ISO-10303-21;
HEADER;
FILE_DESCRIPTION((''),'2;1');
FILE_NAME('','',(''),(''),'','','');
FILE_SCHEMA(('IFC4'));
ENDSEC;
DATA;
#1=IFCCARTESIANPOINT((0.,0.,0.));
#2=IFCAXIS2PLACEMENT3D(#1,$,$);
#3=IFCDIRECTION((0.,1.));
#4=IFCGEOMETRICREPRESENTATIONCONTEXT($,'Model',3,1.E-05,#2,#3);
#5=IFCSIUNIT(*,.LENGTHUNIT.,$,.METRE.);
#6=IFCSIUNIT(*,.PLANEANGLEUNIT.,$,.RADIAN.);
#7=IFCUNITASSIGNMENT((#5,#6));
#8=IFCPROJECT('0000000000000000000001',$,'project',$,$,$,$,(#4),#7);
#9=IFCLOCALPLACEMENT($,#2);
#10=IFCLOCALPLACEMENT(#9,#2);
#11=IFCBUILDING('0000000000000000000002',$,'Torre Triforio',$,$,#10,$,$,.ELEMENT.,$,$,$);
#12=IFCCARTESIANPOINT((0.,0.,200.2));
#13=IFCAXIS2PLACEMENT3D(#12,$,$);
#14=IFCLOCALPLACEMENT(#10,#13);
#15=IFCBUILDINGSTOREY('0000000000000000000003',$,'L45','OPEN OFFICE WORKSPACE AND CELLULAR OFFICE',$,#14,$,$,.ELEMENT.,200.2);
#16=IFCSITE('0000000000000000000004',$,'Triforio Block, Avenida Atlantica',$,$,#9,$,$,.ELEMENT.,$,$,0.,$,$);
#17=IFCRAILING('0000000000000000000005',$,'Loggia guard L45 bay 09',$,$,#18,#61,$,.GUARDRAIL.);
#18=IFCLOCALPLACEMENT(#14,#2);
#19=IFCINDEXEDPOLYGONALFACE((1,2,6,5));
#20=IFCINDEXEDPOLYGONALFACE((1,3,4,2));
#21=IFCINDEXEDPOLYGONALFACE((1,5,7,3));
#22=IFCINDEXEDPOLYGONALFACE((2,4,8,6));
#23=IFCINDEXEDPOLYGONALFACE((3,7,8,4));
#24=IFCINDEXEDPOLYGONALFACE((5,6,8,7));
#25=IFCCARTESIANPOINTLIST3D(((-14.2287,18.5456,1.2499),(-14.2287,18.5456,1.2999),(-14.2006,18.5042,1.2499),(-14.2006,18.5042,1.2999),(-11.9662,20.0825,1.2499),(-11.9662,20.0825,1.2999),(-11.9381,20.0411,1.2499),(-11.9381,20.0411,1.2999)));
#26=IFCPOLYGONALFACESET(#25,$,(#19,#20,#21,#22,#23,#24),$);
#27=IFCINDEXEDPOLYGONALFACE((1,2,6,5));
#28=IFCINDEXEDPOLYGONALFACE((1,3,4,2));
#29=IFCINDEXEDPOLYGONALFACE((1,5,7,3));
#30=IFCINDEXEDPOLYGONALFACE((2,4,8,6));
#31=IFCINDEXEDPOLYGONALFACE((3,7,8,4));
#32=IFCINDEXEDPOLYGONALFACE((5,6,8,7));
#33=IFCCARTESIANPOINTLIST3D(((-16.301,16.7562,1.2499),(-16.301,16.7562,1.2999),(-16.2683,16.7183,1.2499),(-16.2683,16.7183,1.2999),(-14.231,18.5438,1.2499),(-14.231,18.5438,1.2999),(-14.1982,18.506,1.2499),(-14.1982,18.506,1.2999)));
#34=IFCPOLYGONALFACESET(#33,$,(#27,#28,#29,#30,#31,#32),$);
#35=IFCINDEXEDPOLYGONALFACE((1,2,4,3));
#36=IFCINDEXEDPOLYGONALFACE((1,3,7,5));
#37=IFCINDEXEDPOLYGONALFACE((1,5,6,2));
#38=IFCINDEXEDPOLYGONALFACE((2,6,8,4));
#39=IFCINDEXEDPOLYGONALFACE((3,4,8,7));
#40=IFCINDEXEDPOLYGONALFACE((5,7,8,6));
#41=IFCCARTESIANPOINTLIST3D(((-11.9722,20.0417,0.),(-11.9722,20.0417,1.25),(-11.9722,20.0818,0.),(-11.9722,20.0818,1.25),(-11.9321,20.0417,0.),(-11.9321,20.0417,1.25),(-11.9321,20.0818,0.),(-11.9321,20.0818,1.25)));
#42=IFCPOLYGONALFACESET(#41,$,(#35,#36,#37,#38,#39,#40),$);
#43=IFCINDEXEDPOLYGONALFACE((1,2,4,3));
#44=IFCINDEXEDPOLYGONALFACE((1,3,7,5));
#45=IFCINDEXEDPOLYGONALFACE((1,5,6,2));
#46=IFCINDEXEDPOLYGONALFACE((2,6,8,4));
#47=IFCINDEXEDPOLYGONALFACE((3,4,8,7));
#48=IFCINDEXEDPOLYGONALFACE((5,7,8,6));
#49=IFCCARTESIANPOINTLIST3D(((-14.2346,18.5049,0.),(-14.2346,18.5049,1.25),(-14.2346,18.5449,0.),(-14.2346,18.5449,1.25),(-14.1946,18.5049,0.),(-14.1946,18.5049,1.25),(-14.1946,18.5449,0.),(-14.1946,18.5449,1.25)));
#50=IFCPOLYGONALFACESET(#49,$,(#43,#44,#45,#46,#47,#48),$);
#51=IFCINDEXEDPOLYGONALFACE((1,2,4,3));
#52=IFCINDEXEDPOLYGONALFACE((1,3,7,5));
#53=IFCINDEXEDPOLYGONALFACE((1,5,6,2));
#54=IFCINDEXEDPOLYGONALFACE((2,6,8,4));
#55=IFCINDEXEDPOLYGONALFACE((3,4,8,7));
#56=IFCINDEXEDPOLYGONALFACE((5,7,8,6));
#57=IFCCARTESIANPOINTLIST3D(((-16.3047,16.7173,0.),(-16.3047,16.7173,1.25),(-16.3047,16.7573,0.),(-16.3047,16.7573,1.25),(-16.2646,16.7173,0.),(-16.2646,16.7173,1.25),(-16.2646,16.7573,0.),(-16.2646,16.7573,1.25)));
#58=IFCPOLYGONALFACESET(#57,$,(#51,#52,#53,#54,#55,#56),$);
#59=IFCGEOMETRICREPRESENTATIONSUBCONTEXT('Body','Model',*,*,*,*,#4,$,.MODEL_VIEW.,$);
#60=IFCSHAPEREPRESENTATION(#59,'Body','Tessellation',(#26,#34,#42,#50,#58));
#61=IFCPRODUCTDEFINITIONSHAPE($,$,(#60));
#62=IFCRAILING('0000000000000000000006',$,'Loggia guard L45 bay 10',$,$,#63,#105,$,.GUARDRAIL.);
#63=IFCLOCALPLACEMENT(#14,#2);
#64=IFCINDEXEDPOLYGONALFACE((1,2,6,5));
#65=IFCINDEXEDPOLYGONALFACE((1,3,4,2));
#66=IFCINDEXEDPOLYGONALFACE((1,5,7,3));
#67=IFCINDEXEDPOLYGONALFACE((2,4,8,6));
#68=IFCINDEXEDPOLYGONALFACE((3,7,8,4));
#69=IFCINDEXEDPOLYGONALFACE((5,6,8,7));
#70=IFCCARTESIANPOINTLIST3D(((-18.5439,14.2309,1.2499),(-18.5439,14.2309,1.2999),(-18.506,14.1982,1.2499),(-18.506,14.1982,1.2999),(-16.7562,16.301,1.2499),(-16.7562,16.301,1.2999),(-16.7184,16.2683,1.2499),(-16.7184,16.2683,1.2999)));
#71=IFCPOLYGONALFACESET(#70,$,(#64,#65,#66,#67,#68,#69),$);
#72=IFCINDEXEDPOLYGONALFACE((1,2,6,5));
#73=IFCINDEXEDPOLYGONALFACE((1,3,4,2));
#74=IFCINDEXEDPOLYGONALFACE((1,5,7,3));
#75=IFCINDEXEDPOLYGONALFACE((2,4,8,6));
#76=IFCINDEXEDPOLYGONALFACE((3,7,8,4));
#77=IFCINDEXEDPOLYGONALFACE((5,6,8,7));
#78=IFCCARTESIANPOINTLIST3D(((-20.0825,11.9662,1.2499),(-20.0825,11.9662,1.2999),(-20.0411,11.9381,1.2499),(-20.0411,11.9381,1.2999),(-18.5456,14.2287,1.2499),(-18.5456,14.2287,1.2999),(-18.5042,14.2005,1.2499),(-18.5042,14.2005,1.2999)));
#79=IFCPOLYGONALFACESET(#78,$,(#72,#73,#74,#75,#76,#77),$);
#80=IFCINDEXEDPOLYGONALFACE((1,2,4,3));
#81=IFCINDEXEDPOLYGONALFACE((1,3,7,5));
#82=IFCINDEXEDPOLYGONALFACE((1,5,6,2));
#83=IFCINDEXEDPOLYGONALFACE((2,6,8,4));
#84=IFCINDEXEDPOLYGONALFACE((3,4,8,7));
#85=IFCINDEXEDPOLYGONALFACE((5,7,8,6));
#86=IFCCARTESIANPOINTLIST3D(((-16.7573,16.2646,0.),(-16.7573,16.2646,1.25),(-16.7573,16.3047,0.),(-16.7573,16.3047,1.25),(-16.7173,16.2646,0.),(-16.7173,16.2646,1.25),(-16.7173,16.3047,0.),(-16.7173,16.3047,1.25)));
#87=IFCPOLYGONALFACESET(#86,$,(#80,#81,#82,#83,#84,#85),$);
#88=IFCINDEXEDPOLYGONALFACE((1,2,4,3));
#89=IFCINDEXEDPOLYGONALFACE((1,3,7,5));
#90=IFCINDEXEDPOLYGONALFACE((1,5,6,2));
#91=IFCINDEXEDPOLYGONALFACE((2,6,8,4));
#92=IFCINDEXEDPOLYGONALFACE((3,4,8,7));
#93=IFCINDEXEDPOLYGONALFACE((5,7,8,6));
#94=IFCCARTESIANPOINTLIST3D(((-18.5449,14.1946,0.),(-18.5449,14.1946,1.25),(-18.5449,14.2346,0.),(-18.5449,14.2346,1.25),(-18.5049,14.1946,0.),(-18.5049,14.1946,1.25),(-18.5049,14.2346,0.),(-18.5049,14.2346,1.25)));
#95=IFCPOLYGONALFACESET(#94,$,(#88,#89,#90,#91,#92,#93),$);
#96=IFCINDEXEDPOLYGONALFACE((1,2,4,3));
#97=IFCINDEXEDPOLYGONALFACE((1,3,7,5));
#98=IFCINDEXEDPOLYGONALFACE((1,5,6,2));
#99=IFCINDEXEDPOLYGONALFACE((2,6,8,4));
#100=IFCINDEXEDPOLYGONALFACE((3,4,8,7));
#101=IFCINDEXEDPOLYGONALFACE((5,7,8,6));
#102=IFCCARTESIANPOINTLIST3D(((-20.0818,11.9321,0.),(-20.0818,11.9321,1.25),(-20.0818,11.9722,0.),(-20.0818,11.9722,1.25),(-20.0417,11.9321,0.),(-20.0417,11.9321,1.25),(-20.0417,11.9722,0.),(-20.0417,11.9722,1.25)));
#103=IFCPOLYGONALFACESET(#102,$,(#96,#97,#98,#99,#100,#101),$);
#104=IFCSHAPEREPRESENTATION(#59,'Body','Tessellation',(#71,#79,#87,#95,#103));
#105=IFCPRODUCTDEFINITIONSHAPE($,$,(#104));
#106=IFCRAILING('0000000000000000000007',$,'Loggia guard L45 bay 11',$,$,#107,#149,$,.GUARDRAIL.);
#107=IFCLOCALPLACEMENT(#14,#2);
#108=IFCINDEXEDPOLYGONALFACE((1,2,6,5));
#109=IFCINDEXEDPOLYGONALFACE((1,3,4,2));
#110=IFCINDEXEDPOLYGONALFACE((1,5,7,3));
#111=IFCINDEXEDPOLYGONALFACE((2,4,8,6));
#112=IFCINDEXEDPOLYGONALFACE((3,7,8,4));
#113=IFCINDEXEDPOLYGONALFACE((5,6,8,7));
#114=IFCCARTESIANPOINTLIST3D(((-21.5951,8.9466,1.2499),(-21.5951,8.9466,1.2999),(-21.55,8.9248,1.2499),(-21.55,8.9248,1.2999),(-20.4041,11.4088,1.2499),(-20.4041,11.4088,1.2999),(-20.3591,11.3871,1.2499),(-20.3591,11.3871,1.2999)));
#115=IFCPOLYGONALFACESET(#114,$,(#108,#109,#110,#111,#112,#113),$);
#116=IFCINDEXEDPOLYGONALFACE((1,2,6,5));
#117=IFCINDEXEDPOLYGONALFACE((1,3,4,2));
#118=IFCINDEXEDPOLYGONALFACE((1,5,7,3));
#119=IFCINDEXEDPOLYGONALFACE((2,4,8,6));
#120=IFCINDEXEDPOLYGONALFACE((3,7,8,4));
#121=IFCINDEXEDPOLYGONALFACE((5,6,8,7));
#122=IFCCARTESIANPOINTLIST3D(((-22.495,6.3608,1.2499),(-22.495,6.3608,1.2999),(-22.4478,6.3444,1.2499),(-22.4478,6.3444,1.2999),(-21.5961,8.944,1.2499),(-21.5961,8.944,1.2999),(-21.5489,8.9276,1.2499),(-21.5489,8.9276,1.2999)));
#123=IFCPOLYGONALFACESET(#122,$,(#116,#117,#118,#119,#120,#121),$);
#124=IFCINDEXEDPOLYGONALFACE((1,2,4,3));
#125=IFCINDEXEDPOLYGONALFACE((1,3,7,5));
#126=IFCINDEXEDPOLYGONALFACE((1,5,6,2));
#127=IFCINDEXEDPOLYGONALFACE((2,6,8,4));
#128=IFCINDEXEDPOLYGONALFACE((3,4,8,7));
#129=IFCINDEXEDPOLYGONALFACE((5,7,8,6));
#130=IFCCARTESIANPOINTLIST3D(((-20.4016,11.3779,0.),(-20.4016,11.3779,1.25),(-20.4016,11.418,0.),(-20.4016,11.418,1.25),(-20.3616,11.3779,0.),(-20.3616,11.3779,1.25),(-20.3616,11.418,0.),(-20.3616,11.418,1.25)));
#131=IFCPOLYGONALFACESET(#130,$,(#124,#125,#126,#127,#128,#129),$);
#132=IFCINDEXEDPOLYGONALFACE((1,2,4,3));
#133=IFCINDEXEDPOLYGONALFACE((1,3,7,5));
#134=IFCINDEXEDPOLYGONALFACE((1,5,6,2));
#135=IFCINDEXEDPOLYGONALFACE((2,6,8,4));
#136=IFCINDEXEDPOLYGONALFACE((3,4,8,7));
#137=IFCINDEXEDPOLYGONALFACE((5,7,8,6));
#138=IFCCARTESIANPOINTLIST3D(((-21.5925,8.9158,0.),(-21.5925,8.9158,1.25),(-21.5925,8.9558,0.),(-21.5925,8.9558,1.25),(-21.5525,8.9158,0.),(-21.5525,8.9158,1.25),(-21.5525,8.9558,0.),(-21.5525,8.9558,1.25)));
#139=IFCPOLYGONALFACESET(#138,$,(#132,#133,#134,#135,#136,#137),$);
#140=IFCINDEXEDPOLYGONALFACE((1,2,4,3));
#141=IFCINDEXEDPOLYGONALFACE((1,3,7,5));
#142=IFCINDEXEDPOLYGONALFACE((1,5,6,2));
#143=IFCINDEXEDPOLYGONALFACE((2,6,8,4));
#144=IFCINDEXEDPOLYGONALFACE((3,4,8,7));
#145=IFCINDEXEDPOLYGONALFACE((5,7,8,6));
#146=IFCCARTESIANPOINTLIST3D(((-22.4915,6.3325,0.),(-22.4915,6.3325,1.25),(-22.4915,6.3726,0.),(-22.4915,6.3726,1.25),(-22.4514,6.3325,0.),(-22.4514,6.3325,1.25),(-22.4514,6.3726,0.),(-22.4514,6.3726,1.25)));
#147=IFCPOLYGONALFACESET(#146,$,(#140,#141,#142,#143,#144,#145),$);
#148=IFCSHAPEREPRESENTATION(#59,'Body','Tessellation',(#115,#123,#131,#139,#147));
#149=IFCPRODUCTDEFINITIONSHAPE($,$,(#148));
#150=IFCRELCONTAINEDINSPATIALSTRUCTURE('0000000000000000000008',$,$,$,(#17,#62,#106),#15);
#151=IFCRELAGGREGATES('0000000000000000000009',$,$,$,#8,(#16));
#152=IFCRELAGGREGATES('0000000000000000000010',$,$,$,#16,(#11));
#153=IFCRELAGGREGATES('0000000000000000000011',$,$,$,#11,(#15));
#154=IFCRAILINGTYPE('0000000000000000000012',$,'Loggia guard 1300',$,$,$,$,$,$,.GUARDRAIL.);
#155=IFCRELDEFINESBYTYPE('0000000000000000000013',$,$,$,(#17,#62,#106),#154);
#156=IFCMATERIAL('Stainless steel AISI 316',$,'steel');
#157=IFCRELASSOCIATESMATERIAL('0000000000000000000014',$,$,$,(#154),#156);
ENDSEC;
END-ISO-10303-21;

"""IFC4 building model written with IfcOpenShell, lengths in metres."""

from ifc_helpers import new_model, si_unit, direction, frame, origin, origin_2d, place, context, subcontext, project, spatial, rectangle, extrude, material, type_object, element, save


model = new_model("IFC4")

# Units and contexts
model_context = context("Model", 3, precision=1e-05, world=origin(), true_north=direction((0.0, 1.0)))
body_context = subcontext(model_context, "Body", "Model", "MODEL_VIEW")
ifc_project = project(units=[si_unit("LENGTHUNIT", "METRE"), si_unit("PLANEANGLEUNIT", "RADIAN")], contexts=[model_context])

# Site, building, storey
site_placement = place(None, origin())
site = spatial("IfcSite", under=ifc_project, at=site_placement, Name="Triforio Block, Avenida Atlantica", CompositionType="ELEMENT", RefElevation=0.0)
building_placement = place(site_placement, origin())
building = spatial("IfcBuilding", under=site, at=building_placement, Name="Torre Triforio", CompositionType="ELEMENT")
storey_placement = place(building_placement, frame((0.0, 0.0, 200.2)))
storey = spatial("IfcBuildingStorey", under=building, at=storey_placement, Name="L45", Description="OPEN OFFICE WORKSPACE AND CELLULAR OFFICE", CompositionType="ELEMENT", Elevation=200.2)

# Railings
ifc_material_1 = material(Name="Stainless steel AISI 316", Category="steel")
railing_type = type_object("IfcRailingType", Name="Loggia guard 1300", PredefinedType="GUARDRAIL", material=ifc_material_1)
railing_1_placement = place(storey_placement, frame((-11.9521, 20.0618, 0.0)))
element("IfcRailing", 1, at=railing_1_placement, inside=storey, type_object=railing_type, Name="Loggia guard L45 bay 09", PredefinedType="GUARDRAIL", context=body_context, shape_type="SweptSolid", body=[
    extrude(rectangle(XDim=0.05, YDim=0.05, at=origin_2d()), frame((0.0, 0.0, 1.2749), z_axis=(-0.827199, -0.56191, 0.0), x_axis=(0.56191, -0.827199, 0.0)), (0.0, 0.0, 1.0), 2.7351),
    extrude(rectangle(XDim=0.05, YDim=0.05, at=origin_2d()), frame((-2.2625, -1.5369, 1.2749), z_axis=(-0.756857, -0.65358, 0.0), x_axis=(0.65358, -0.756857, 0.0)), (0.0, 0.0, 1.0), 2.7351),
    extrude(rectangle(XDim=0.04, YDim=0.04, at=origin_2d()), origin(), (0.0, 0.0, 1.0), 1.25),
    extrude(rectangle(XDim=0.04, YDim=0.04, at=origin_2d()), frame((-2.2625, -1.5369, 0.0)), (0.0, 0.0, 1.0), 1.25),
    extrude(rectangle(XDim=0.04, YDim=0.04, at=origin_2d()), frame((-4.3325, -3.3245, 0.0)), (0.0, 0.0, 1.0), 1.25),
])
railing_2_placement = place(storey_placement, frame((-16.7373, 16.2847, 0.0)))
element("IfcRailing", 2, at=railing_2_placement, inside=storey, type_object=railing_type, Name="Loggia guard L45 bay 10", PredefinedType="GUARDRAIL", context=body_context, shape_type="SweptSolid", body=[
    extrude(rectangle(XDim=0.05, YDim=0.05, at=origin_2d()), frame((0.0, 0.0, 1.2749), z_axis=(-0.65358, -0.756857, 0.0), x_axis=(0.756857, -0.65358, 0.0)), (0.0, 0.0, 1.0), 2.7351),
    extrude(rectangle(XDim=0.05, YDim=0.05, at=origin_2d()), frame((-1.7876, -2.0701, 1.2749), z_axis=(-0.56191, -0.827199, 0.0), x_axis=(0.827199, -0.56191, 0.0)), (0.0, 0.0, 1.0), 2.7351),
    extrude(rectangle(XDim=0.04, YDim=0.04, at=origin_2d()), origin(), (0.0, 0.0, 1.0), 1.25),
    extrude(rectangle(XDim=0.04, YDim=0.04, at=origin_2d()), frame((-1.7876, -2.0701, 0.0)), (0.0, 0.0, 1.0), 1.25),
    extrude(rectangle(XDim=0.04, YDim=0.04, at=origin_2d()), frame((-3.3245, -4.3325, 0.0)), (0.0, 0.0, 1.0), 1.25),
])
railing_3_placement = place(storey_placement, frame((-20.3816, 11.3979, 0.0)))
element("IfcRailing", 3, at=railing_3_placement, inside=storey, type_object=railing_type, Name="Loggia guard L45 bay 11", PredefinedType="GUARDRAIL", context=body_context, shape_type="SweptSolid", body=[
    extrude(rectangle(XDim=0.05, YDim=0.05, at=origin_2d()), frame((0.0, 0.0, 1.2749), z_axis=(-0.435428, -0.900224, 0.0), x_axis=(0.900224, -0.435428, 0.0)), (0.0, 0.0, 1.0), 2.7351),
    extrude(rectangle(XDim=0.05, YDim=0.05, at=origin_2d()), frame((-1.1909, -2.4622, 1.2749), z_axis=(-0.328652, -0.944451, 0.0), x_axis=(0.944451, -0.328652, 0.0)), (0.0, 0.0, 1.0), 2.7351),
    extrude(rectangle(XDim=0.04, YDim=0.04, at=origin_2d()), origin(), (0.0, 0.0, 1.0), 1.25),
    extrude(rectangle(XDim=0.04, YDim=0.04, at=origin_2d()), frame((-1.1909, -2.4622, 0.0)), (0.0, 0.0, 1.0), 1.25),
    extrude(rectangle(XDim=0.04, YDim=0.04, at=origin_2d()), frame((-2.0898, -5.0454, 0.0)), (0.0, 0.0, 1.0), 1.25),
])

save(model, "model.ifc")
